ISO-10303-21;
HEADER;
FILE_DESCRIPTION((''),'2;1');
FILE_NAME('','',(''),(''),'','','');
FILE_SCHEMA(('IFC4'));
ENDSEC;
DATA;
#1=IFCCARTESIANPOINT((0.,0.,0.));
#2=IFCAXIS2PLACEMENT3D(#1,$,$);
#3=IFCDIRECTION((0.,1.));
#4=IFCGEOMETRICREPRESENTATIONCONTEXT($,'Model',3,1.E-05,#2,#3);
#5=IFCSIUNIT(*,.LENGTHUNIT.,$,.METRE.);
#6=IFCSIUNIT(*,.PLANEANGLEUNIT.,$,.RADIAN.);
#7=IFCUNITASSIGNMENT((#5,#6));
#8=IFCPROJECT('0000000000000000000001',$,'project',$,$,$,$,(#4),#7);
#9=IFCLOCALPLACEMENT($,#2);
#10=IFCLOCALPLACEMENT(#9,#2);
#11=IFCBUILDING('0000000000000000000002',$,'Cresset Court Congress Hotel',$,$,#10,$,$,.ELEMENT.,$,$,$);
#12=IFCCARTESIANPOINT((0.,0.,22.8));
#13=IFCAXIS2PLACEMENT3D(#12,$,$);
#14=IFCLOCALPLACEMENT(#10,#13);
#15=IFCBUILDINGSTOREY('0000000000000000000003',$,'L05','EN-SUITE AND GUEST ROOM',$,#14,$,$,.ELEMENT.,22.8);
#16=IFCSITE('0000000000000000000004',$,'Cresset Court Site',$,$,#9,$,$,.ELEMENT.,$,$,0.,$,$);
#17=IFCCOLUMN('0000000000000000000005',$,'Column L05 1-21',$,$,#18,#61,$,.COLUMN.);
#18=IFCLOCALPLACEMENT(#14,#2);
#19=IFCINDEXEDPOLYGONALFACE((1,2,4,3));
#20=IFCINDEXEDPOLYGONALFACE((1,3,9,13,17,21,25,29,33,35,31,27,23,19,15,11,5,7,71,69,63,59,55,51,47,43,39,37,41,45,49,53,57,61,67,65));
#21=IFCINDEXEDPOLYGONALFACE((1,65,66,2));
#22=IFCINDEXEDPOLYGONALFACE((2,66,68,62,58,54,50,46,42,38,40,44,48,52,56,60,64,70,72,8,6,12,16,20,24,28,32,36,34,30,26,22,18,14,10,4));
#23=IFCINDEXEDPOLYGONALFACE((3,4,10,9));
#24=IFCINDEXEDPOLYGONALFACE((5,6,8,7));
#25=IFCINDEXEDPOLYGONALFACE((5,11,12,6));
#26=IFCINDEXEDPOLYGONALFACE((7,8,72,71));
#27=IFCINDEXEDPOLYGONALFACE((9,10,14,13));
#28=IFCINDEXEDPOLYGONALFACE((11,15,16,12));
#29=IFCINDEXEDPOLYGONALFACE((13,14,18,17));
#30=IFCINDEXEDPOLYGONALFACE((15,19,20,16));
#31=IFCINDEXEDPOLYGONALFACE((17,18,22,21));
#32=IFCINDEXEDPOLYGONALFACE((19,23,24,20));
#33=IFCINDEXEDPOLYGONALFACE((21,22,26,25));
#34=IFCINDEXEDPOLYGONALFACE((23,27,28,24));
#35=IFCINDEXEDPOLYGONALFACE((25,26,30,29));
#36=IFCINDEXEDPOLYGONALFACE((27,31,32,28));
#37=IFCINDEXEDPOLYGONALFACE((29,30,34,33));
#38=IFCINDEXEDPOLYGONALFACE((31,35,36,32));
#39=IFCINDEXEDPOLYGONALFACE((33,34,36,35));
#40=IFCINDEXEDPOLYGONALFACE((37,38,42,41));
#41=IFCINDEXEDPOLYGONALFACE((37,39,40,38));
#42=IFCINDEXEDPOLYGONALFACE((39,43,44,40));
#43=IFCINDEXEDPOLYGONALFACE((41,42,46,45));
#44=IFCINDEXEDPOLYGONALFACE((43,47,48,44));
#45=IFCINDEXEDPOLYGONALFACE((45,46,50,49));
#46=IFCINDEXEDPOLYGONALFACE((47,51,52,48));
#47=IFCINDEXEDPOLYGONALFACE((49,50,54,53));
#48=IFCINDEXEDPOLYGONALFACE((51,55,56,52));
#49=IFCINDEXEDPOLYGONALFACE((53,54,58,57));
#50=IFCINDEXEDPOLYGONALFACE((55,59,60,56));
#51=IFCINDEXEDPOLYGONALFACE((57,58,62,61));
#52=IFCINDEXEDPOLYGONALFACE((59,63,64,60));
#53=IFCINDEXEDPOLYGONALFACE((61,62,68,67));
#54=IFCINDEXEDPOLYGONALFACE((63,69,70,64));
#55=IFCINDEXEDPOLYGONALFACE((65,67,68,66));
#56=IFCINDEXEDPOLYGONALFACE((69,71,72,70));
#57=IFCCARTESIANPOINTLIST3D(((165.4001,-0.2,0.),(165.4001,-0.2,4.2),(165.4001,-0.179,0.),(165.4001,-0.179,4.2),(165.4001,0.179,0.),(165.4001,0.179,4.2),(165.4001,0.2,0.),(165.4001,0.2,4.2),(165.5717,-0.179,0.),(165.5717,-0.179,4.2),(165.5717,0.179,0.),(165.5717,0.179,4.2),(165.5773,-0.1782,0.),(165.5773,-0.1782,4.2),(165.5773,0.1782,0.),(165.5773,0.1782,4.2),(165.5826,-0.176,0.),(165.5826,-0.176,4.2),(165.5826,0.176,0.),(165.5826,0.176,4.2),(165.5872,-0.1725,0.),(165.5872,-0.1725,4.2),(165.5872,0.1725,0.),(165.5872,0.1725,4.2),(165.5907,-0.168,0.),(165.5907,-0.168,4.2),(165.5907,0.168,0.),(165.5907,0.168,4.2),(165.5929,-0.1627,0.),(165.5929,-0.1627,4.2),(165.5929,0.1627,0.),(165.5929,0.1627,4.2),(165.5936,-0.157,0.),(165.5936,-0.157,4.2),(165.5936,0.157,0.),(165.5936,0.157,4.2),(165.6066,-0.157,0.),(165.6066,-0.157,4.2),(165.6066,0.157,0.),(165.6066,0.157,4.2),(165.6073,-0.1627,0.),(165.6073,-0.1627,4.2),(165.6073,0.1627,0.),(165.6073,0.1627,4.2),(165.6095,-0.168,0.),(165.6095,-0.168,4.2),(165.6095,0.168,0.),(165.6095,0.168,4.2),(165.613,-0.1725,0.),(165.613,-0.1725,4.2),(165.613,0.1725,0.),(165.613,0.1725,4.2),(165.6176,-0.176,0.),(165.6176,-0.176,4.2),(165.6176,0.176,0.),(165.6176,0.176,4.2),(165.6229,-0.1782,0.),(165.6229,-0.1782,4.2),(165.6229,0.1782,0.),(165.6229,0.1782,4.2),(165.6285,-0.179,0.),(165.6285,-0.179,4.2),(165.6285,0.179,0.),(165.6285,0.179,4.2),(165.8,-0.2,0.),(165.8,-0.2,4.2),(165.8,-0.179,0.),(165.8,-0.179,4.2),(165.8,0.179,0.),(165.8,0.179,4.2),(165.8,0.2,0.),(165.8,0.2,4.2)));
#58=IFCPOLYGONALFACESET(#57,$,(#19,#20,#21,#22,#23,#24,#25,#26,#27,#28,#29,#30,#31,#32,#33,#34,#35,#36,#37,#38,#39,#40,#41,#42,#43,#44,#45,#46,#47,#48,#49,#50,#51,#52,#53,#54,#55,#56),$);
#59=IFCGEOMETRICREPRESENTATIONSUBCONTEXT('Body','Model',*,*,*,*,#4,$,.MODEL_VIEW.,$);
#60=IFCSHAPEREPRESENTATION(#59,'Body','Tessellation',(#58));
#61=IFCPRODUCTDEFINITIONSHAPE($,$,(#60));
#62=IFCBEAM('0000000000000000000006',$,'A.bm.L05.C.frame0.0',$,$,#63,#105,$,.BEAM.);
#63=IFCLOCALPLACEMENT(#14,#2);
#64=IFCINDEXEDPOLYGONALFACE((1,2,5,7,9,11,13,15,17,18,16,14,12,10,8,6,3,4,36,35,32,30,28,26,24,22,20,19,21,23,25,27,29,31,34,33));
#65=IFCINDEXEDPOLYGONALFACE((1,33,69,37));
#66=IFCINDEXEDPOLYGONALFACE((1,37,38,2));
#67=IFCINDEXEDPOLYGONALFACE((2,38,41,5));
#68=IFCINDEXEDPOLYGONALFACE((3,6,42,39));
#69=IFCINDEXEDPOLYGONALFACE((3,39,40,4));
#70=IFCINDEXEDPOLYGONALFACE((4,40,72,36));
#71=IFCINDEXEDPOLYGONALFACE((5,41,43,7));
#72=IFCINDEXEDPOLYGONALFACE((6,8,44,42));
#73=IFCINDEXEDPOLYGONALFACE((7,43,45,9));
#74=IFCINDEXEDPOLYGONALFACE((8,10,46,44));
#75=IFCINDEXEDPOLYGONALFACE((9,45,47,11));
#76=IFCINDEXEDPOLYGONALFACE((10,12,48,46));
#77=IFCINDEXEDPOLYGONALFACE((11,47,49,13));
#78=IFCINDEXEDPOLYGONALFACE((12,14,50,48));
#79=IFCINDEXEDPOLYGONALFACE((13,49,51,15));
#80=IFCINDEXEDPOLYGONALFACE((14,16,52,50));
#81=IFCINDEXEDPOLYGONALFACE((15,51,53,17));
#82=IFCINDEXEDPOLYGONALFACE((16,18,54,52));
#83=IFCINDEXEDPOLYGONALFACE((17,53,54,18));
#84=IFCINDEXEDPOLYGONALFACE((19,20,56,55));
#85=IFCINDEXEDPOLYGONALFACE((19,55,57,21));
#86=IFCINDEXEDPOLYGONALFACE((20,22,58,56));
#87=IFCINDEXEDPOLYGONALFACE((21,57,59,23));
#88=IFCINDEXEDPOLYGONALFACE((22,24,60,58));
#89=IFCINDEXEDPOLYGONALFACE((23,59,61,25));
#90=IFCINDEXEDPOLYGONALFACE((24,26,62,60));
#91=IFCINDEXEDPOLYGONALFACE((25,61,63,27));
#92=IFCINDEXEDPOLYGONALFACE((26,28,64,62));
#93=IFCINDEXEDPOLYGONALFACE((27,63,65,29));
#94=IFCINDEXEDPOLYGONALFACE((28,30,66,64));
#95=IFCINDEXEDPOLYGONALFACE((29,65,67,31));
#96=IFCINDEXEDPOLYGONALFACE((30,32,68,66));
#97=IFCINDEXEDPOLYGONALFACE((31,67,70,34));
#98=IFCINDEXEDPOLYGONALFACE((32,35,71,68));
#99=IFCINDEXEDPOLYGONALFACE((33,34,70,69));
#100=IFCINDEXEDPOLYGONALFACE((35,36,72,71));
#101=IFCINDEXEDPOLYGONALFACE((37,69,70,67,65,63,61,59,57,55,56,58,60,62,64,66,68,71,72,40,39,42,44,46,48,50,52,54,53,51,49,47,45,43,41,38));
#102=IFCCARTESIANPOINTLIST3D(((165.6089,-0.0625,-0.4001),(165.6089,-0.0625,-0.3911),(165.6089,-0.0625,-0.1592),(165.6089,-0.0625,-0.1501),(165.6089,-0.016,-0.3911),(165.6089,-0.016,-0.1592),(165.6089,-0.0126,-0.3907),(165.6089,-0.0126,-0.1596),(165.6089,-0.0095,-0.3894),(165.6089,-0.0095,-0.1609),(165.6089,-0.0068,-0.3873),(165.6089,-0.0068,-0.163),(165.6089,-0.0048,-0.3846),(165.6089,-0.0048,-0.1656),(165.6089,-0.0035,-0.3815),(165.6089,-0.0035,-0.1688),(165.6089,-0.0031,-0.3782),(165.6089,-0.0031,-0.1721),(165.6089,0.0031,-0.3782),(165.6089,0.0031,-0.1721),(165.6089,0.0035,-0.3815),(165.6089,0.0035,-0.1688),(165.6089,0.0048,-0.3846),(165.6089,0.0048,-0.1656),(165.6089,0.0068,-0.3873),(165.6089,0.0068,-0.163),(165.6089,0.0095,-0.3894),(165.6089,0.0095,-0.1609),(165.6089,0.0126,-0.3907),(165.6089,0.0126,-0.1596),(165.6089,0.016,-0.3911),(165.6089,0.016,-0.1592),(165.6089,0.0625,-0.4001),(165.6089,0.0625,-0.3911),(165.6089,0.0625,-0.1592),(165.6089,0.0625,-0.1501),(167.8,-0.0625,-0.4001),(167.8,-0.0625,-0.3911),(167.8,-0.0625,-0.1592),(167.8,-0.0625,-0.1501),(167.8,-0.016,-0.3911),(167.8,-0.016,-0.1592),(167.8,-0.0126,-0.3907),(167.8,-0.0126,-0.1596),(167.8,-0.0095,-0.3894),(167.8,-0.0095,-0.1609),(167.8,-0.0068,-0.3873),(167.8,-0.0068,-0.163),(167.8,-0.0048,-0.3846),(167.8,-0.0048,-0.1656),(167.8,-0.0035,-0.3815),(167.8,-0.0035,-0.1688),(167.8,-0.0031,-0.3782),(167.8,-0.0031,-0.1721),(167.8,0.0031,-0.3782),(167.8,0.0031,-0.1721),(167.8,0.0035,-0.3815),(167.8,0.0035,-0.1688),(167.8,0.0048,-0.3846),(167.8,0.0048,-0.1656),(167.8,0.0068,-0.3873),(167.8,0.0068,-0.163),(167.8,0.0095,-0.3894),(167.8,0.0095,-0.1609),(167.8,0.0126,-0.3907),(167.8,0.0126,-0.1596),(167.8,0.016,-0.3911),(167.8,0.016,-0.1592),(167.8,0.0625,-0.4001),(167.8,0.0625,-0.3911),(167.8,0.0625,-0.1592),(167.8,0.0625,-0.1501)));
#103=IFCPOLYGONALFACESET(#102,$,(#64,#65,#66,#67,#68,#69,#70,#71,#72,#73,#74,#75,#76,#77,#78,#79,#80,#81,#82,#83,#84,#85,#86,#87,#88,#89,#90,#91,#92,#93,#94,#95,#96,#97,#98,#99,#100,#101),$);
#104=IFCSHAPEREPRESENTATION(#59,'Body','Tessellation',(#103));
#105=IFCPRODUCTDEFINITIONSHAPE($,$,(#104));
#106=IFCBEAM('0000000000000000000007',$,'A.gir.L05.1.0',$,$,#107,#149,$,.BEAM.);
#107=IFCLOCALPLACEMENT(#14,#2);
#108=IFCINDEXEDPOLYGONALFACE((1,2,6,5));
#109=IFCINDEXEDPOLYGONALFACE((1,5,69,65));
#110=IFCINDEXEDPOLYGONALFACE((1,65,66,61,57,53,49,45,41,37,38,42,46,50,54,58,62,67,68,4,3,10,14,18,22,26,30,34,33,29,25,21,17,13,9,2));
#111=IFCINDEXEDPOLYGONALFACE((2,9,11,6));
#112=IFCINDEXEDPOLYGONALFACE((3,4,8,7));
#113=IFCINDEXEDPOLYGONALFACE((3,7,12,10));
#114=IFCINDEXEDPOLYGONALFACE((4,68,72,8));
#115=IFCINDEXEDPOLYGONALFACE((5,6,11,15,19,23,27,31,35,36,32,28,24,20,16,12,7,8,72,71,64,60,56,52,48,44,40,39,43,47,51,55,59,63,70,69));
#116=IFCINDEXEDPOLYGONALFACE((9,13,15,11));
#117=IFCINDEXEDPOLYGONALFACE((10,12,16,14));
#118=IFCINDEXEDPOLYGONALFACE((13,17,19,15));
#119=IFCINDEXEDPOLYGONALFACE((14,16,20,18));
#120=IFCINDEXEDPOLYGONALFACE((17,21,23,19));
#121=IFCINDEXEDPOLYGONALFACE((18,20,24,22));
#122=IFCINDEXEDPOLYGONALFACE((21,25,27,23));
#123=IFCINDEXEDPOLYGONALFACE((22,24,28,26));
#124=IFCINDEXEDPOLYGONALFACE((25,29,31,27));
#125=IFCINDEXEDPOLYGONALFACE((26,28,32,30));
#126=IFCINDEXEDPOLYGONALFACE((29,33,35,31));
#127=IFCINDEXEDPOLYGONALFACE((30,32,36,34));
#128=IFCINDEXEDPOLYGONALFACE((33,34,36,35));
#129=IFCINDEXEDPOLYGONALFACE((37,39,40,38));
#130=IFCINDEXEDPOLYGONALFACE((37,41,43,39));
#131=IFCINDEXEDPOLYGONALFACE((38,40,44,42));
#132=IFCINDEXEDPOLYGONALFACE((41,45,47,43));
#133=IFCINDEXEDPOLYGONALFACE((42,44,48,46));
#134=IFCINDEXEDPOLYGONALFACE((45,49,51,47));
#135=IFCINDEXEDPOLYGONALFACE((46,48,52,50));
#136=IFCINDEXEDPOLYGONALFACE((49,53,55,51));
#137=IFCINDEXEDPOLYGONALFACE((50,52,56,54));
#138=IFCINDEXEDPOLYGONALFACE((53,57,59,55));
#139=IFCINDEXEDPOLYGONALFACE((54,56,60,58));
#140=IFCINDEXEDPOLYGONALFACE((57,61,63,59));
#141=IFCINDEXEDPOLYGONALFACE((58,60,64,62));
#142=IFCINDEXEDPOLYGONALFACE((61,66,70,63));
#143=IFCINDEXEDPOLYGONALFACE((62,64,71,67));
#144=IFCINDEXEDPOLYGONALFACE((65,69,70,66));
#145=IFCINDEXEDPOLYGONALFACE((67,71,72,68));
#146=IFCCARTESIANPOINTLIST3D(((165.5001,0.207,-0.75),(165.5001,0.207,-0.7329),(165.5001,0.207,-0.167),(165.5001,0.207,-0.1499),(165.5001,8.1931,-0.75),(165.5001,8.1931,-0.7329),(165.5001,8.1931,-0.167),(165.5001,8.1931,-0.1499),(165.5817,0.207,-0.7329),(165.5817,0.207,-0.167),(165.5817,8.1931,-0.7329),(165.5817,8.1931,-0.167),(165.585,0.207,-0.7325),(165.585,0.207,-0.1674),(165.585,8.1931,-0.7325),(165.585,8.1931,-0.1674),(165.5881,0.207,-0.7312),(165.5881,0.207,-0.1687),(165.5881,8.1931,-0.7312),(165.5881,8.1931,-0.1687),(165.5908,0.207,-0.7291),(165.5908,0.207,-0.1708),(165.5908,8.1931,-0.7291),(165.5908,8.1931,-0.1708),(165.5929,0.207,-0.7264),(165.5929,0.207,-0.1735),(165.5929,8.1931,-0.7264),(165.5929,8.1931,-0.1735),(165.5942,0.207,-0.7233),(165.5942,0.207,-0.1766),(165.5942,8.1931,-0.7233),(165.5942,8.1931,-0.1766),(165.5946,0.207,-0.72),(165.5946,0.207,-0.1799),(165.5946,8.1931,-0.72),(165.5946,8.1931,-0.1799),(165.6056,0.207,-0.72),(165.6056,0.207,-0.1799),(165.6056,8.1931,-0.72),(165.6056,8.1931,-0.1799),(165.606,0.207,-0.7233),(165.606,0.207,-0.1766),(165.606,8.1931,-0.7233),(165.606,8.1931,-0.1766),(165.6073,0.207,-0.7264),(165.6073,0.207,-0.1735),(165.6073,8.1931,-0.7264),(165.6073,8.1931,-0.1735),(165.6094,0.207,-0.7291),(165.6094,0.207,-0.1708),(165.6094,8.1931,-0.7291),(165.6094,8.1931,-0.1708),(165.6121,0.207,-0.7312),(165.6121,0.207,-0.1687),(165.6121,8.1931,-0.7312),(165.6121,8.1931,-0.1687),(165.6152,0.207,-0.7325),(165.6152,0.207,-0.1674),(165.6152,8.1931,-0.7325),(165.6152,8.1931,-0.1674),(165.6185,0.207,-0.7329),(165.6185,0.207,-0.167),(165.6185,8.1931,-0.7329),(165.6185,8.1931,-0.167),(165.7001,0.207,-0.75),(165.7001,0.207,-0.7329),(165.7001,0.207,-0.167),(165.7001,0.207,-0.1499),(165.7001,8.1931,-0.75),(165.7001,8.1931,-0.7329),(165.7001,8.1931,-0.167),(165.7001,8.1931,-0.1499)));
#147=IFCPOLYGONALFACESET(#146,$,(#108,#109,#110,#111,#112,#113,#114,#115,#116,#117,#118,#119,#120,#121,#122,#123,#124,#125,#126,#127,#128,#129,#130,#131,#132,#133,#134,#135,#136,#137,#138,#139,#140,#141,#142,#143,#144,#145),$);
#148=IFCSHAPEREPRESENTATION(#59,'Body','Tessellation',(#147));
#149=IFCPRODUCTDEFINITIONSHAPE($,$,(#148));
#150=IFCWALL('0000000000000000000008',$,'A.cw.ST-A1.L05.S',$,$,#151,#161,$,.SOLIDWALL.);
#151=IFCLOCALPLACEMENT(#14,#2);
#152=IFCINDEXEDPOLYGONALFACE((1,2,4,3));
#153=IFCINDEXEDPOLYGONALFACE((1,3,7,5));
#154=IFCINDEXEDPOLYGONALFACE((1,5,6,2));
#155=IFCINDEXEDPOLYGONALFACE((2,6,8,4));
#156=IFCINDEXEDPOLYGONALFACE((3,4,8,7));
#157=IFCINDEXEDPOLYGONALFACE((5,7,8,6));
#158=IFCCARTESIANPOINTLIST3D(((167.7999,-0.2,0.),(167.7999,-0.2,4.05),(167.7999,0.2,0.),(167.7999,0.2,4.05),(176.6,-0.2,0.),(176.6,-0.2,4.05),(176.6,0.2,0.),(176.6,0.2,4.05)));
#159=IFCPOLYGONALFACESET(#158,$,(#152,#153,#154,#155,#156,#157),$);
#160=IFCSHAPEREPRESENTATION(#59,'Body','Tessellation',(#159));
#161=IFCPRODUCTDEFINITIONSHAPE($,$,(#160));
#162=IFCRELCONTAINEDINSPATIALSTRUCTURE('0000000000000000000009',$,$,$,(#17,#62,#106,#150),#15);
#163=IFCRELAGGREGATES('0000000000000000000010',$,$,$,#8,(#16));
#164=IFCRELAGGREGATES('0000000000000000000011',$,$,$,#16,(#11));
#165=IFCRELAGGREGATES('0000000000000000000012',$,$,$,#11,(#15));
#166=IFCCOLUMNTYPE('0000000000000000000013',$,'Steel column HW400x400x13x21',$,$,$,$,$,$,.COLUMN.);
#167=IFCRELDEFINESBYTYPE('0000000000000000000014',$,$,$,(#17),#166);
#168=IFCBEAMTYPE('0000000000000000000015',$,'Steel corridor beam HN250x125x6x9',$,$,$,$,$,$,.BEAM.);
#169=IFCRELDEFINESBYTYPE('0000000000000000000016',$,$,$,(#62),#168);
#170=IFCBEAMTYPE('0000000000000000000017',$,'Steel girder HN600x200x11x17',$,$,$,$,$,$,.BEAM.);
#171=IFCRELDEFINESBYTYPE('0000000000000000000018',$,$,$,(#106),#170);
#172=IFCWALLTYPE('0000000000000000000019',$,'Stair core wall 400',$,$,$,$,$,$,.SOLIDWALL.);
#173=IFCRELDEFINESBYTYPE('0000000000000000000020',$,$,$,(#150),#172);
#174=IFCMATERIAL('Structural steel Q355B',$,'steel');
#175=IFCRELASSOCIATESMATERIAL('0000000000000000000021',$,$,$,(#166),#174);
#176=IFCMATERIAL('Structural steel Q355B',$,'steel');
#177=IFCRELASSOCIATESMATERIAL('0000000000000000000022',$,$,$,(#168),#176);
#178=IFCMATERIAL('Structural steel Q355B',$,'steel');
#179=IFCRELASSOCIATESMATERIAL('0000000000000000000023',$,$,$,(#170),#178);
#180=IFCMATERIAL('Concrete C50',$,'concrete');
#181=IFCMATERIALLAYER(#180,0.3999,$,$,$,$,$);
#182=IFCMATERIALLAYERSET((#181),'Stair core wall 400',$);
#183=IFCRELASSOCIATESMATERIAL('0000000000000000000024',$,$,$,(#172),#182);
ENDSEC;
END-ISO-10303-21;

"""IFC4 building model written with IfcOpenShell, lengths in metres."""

from ifc_helpers import new_model, si_unit, direction, frame, frame_2d, origin, origin_2d, place, context, subcontext, project, spatial, rectangle, i_section, extrude, material, layer, layer_set, material_profile, profile_set, type_object, element, save


model = new_model("IFC4")

# Units and contexts
model_context = context("Model", 3, precision=1e-05, world=origin(), true_north=direction((0.0, 1.0)))
body_context = subcontext(model_context, "Body", "Model", "MODEL_VIEW")
ifc_project = project(units=[si_unit("LENGTHUNIT", "METRE"), si_unit("PLANEANGLEUNIT", "RADIAN")], contexts=[model_context])

# Site, building, storey
site_placement = place(None, origin())
site = spatial("IfcSite", under=ifc_project, at=site_placement, Name="Cresset Court Site", CompositionType="ELEMENT", RefElevation=0.0)
building_placement = place(site_placement, origin())
building = spatial("IfcBuilding", under=site, at=building_placement, Name="Cresset Court Congress Hotel", CompositionType="ELEMENT")
storey_placement = place(building_placement, frame((0.0, 0.0, 22.8)))
storey = spatial("IfcBuildingStorey", under=building, at=storey_placement, Name="L05", Description="EN-SUITE AND GUEST ROOM", CompositionType="ELEMENT", Elevation=22.8)

# Column
ifc_material_1 = material(Name="Structural steel Q355B", Category="steel")
ifc_material_profile_1 = material_profile(ifc_material_1, i_section(OverallWidth=0.3999, OverallDepth=0.3999, WebThickness=0.0129, FlangeThickness=0.021, FilletRadius=0.022, at=origin_2d()), Name="HW400x400x13x21")
ifc_profile_set_1 = profile_set([ifc_material_profile_1], Name="Structural steel Q355B")
column_type = type_object("IfcColumnType", Name="Steel column HW400x400x13x21", PredefinedType="COLUMN", material=ifc_profile_set_1)
column_placement = place(storey_placement, frame((165.6001, 0.0, 0.0), z_axis=(0.0, 0.0, 1.0), x_axis=(1.0, 0.0, 0.0)))
element("IfcColumn", 1, at=column_placement, inside=storey, type_object=column_type, Name="Column L05 1-21", PredefinedType="COLUMN", context=body_context, shape_type="SweptSolid", body=[
    extrude(i_section(OverallWidth=0.3999, OverallDepth=0.3999, WebThickness=0.0129, FlangeThickness=0.021, FilletRadius=0.022, at=origin_2d()), origin(), (0.0, 0.0, 1.0), 4.2),
])

# Beams
ifc_material_2 = material(Name="Structural steel Q355B", Category="steel")
ifc_material_profile_2 = material_profile(ifc_material_2, i_section(OverallWidth=0.125, OverallDepth=0.25, WebThickness=0.0061, FlangeThickness=0.009, FilletRadius=0.0129, at=origin_2d()), Name="HN250x125x6x9")
ifc_profile_set_2 = profile_set([ifc_material_profile_2], Name="Structural steel Q355B")
beam_type_1 = type_object("IfcBeamType", Name="Steel corridor beam HN250x125x6x9", PredefinedType="BEAM", material=ifc_profile_set_2)
beam_1_placement = place(storey_placement, frame((165.6089, 0.0, -0.2751), z_axis=(1.0, 0.0, 0.0), x_axis=(0.0, 1.0, 0.0)))
element("IfcBeam", 2, at=beam_1_placement, inside=storey, type_object=beam_type_1, Name="A.bm.L05.C.frame0.0", PredefinedType="BEAM", context=body_context, shape_type="SweptSolid", body=[
    extrude(i_section(OverallWidth=0.125, OverallDepth=0.25, WebThickness=0.0061, FlangeThickness=0.009, FilletRadius=0.0129, at=origin_2d()), origin(), (0.0, 0.0, 1.0), 2.1912),
])
ifc_material_3 = material(Name="Structural steel Q355B", Category="steel")
ifc_material_profile_3 = material_profile(ifc_material_3, i_section(OverallWidth=0.2, OverallDepth=0.6001, WebThickness=0.011, FlangeThickness=0.0171, FilletRadius=0.0129, at=origin_2d()), Name="HN600x200x11x17")
ifc_profile_set_3 = profile_set([ifc_material_profile_3], Name="Structural steel Q355B")
beam_type_2 = type_object("IfcBeamType", Name="Steel girder HN600x200x11x17", PredefinedType="BEAM", material=ifc_profile_set_3)
beam_2_placement = place(storey_placement, frame((165.6001, 0.207, -0.45), z_axis=(0.0, 1.0, 0.0), x_axis=(-1.0, 0.0, 0.0)))
element("IfcBeam", 3, at=beam_2_placement, inside=storey, type_object=beam_type_2, Name="A.gir.L05.1.0", PredefinedType="BEAM", context=body_context, shape_type="SweptSolid", body=[
    extrude(i_section(OverallWidth=0.2, OverallDepth=0.6001, WebThickness=0.011, FlangeThickness=0.0171, FilletRadius=0.0129, at=origin_2d()), origin(), (0.0, 0.0, 1.0), 7.9861),
])

# Wall
ifc_material_4 = material(Name="Concrete C50", Category="concrete")
ifc_layer_1 = layer(ifc_material_4, 0.3999)
ifc_layer_set_1 = layer_set([ifc_layer_1], Name="Stair core wall 400")
wall_type_1 = type_object("IfcWallType", Name="Stair core wall 400", PredefinedType="SOLIDWALL", material=ifc_layer_set_1)
wall_1_placement = place(storey_placement, frame((167.8, 0.0, 0.0), z_axis=(0.0, 0.0, 1.0), x_axis=(1.0, 0.0, 0.0)))
element("IfcWall", 4, at=wall_1_placement, inside=storey, type_object=wall_type_1, Name="A.cw.ST-A1.L05.S", PredefinedType="SOLIDWALL", context=body_context, shape_type="SweptSolid", body=[
    extrude(rectangle(XDim=8.8, YDim=0.3999, at=frame_2d((4.3999, 0.0))), origin(), (0.0, 0.0, 1.0), 4.05),
])

save(model, "model.ifc")
